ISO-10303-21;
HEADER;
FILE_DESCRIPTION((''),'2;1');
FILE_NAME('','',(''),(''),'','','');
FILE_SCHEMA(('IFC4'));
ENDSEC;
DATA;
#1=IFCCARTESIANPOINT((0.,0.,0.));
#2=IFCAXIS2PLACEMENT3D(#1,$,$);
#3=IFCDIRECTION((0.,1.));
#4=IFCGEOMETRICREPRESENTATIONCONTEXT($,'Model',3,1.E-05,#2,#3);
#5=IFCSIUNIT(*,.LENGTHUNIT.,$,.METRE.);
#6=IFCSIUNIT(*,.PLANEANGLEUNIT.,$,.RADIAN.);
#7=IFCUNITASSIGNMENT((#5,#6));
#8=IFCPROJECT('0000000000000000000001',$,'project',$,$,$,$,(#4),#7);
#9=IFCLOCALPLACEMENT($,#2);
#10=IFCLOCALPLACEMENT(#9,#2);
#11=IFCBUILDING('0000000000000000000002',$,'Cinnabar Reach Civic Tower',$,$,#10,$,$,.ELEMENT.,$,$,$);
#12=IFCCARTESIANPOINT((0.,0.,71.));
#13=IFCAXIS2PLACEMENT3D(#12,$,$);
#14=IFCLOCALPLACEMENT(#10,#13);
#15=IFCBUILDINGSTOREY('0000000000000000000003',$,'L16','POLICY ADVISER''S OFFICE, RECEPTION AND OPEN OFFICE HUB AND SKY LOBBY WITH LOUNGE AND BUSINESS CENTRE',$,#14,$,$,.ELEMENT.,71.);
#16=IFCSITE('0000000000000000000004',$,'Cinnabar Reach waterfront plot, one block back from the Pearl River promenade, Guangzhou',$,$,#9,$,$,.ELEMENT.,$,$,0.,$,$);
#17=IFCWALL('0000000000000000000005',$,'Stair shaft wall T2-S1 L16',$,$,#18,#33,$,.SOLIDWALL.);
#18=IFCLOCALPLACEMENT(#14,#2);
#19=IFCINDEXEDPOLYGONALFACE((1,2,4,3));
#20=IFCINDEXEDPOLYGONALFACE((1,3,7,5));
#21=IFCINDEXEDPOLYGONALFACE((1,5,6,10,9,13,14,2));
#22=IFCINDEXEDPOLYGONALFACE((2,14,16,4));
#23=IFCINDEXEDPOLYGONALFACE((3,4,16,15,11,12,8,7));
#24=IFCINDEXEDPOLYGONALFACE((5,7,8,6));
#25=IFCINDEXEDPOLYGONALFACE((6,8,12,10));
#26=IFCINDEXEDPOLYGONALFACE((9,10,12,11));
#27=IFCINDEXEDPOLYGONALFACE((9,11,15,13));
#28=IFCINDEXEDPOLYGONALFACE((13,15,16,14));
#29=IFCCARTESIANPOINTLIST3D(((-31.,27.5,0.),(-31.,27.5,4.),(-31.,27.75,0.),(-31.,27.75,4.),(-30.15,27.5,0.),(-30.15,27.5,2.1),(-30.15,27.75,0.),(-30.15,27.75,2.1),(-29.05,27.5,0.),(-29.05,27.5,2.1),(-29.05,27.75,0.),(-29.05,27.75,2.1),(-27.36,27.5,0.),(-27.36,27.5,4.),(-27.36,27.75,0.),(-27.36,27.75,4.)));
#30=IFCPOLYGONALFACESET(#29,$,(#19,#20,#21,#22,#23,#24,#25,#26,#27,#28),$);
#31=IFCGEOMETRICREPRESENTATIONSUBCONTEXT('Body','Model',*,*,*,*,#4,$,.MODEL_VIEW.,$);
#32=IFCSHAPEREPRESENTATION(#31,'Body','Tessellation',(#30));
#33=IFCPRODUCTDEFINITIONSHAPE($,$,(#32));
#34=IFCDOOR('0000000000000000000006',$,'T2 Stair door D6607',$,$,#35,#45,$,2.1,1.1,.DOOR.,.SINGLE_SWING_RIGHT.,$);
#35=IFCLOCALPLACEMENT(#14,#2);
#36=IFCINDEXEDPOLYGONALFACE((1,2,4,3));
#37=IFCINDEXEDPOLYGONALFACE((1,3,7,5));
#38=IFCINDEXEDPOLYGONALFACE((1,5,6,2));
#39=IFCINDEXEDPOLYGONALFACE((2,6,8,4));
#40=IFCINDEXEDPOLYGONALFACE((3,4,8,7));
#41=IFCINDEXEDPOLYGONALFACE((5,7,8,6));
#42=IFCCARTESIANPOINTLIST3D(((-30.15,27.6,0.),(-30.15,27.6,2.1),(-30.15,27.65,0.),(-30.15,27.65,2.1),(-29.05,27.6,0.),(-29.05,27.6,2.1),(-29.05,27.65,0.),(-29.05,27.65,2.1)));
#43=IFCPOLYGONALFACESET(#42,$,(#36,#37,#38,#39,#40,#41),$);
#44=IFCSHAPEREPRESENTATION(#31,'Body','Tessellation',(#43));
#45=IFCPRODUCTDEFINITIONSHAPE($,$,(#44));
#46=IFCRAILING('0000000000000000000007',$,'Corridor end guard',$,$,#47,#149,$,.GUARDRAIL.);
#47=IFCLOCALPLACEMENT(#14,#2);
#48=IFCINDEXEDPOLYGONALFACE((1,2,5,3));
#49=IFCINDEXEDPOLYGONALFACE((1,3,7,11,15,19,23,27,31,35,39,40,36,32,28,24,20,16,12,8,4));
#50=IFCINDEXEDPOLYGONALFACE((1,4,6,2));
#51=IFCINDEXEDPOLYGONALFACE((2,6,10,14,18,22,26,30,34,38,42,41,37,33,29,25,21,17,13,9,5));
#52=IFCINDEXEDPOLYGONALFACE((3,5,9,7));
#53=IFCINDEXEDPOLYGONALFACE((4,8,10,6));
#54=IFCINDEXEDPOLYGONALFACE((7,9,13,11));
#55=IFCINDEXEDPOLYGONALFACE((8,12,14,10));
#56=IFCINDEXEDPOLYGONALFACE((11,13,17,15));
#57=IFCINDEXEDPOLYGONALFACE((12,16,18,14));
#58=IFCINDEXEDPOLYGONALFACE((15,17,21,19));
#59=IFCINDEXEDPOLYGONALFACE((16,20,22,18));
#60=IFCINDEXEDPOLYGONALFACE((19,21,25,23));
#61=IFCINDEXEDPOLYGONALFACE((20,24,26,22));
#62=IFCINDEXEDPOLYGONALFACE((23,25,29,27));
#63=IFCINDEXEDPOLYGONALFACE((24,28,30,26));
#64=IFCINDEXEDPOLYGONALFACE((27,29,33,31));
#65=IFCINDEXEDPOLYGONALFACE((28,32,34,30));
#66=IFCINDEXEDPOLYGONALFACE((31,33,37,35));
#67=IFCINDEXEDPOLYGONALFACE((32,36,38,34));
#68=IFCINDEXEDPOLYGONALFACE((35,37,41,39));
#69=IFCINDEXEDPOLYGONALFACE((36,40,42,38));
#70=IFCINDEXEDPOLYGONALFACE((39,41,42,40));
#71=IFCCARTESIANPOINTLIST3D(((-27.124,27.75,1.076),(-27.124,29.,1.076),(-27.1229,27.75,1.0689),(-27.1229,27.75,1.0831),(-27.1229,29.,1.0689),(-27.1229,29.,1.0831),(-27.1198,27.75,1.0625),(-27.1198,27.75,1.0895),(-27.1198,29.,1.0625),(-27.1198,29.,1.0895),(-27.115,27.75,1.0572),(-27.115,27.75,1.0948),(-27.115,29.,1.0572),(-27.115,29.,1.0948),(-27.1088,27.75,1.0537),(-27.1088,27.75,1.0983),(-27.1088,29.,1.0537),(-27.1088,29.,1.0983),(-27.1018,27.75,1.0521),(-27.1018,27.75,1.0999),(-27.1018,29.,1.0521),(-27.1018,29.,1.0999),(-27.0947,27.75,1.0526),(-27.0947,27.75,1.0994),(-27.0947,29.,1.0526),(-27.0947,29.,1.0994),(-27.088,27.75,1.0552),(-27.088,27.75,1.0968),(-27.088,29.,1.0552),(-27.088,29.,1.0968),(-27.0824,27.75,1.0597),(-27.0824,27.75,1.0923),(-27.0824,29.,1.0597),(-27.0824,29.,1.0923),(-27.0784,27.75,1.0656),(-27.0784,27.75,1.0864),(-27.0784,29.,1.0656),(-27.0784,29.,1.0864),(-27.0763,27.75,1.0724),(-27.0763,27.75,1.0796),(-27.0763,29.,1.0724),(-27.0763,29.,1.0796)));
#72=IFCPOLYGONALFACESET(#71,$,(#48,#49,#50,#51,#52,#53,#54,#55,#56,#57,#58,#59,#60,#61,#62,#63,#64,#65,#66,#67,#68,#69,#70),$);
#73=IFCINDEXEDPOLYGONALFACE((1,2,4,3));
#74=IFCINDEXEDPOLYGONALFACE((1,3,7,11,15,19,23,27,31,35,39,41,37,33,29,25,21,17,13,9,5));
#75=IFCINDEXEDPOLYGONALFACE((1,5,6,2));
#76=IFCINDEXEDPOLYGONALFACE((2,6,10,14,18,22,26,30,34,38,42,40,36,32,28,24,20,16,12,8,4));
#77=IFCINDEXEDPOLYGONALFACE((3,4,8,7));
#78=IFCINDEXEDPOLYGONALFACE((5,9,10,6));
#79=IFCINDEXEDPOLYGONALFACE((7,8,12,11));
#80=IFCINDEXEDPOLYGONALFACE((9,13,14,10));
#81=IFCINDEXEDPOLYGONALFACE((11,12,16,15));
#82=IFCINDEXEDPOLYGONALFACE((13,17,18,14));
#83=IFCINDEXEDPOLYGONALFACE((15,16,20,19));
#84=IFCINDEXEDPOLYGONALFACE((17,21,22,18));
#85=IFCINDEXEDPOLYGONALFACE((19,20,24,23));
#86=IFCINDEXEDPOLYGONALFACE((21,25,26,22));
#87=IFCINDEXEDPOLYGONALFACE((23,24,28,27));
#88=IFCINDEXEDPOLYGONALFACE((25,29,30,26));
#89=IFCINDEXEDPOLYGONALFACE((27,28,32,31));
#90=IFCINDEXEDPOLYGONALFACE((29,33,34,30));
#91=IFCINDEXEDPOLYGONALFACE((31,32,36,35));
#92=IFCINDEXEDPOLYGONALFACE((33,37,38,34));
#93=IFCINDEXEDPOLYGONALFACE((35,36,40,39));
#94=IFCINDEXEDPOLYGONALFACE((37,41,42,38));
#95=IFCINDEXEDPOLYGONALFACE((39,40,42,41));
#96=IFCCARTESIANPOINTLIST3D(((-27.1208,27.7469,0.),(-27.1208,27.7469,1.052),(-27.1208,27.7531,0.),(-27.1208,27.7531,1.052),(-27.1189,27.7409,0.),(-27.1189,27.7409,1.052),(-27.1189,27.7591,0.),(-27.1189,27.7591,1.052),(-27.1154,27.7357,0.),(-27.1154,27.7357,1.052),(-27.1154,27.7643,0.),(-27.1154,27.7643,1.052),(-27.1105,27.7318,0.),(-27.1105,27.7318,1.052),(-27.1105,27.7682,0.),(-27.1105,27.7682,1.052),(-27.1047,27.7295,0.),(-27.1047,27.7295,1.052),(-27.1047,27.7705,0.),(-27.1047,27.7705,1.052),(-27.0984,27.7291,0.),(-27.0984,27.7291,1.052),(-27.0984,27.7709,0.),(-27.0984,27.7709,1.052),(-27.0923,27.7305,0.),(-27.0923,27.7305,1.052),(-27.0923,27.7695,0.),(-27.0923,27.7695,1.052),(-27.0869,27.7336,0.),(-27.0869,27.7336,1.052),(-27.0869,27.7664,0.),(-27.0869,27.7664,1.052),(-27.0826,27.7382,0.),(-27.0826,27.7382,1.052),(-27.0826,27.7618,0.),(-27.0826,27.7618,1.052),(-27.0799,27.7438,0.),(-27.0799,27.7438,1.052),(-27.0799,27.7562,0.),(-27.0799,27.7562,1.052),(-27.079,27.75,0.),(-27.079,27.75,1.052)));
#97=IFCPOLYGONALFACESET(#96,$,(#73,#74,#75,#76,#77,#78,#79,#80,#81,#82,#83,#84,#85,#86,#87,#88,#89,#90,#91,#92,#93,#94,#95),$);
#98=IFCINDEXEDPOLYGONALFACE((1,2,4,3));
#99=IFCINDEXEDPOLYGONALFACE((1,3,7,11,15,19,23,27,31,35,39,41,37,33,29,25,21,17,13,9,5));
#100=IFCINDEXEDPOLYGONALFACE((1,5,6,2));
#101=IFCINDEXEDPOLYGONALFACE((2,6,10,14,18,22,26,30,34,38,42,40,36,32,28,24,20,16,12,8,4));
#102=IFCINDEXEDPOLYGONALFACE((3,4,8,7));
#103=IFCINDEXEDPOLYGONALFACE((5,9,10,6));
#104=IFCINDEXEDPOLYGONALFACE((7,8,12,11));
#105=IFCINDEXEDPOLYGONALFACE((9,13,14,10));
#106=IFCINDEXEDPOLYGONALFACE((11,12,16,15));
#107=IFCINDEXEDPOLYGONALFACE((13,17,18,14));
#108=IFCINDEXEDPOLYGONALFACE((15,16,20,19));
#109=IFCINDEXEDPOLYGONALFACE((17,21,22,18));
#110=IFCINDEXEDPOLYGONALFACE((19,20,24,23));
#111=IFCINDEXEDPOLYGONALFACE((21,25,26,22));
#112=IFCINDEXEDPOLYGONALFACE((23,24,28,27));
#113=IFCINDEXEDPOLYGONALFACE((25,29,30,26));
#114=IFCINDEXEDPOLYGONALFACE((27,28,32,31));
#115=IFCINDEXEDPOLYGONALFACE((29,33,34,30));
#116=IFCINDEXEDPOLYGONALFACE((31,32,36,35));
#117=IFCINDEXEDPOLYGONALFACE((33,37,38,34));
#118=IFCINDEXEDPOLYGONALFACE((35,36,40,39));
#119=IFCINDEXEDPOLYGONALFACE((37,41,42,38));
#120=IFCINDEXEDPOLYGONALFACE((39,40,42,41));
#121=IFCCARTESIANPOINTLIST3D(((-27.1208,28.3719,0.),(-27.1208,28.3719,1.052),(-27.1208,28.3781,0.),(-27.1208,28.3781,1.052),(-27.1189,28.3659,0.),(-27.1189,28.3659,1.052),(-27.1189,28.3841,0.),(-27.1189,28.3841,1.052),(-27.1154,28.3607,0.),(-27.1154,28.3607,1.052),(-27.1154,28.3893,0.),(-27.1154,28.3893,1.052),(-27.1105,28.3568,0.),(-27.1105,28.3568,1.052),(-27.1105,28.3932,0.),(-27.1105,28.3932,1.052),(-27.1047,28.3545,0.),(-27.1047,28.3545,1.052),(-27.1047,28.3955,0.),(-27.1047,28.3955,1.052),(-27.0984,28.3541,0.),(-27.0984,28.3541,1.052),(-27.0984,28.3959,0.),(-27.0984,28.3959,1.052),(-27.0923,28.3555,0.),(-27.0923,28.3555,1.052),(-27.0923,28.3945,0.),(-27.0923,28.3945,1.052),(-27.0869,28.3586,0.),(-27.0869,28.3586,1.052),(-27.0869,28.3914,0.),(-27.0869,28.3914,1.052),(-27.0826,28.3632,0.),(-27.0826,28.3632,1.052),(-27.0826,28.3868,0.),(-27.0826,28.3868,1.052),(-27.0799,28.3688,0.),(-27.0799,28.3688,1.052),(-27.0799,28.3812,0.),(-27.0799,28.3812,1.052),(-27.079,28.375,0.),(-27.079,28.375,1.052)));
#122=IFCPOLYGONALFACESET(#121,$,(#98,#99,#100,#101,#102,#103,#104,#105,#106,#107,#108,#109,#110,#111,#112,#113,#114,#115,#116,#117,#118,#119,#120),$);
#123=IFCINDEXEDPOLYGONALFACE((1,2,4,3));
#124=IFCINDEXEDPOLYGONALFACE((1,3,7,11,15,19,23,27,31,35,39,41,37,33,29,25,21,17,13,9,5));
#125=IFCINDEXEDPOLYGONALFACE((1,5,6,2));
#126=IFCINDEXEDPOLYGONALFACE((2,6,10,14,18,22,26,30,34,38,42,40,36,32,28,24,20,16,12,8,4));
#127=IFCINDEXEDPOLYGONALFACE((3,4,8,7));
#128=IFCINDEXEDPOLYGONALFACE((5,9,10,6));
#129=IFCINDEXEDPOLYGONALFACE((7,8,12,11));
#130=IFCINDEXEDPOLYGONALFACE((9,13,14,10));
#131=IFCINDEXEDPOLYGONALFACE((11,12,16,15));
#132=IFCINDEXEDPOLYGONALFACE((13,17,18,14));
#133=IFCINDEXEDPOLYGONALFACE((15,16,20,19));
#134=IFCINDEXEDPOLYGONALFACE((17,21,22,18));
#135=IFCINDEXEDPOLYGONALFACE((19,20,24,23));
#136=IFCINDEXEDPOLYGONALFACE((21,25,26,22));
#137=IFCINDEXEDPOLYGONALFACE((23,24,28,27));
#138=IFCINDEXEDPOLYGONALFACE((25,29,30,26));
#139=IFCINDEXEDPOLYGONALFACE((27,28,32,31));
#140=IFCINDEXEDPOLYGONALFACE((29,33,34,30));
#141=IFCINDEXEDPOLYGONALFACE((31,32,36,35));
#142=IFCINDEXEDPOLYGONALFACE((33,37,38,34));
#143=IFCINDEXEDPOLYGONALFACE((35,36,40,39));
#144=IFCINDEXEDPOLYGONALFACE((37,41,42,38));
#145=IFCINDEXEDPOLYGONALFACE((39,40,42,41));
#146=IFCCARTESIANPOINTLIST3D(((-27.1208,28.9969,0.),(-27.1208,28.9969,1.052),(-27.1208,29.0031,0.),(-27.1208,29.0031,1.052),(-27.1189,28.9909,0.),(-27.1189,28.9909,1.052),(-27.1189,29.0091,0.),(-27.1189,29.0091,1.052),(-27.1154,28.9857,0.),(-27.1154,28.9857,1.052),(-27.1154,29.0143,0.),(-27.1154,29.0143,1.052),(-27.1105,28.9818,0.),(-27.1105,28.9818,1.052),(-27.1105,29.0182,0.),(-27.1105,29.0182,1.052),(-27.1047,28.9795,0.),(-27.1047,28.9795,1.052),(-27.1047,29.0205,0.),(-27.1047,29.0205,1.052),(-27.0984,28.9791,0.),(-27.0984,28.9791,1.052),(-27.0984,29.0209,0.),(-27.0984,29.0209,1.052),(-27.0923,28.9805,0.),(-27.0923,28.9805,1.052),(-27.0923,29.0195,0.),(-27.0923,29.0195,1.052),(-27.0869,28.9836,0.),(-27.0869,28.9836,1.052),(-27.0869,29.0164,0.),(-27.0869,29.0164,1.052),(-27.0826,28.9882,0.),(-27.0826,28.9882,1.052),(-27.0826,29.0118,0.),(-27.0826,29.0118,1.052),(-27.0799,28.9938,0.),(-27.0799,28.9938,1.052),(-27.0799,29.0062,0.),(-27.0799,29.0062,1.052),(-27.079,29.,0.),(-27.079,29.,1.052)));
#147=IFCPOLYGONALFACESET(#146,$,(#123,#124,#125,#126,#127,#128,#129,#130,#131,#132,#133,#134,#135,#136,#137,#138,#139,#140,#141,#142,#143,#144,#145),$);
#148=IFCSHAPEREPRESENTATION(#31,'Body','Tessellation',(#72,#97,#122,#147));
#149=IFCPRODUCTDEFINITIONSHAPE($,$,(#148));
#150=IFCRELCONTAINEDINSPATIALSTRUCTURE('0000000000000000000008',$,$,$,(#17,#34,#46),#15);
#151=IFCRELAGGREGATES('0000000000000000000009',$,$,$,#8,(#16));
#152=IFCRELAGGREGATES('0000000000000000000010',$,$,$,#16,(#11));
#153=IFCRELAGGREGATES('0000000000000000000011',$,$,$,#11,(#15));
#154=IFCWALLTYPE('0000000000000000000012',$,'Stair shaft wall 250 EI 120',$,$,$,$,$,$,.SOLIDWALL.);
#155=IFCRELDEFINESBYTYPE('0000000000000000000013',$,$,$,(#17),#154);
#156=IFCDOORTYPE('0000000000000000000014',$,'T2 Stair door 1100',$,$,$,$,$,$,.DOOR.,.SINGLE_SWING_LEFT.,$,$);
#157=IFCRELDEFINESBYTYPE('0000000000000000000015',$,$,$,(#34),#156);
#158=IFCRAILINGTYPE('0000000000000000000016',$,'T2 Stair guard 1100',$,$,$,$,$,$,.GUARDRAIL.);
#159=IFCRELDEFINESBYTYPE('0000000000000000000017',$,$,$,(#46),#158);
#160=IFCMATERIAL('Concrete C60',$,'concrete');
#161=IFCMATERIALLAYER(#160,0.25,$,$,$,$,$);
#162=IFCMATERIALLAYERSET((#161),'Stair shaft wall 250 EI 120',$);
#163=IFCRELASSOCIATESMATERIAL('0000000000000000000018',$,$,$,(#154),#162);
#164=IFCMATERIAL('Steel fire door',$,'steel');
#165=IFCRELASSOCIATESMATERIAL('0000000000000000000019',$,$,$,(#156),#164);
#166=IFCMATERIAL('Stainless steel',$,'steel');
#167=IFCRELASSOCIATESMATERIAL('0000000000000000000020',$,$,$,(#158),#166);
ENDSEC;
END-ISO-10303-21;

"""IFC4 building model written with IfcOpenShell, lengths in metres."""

from ifc_helpers import new_model, si_unit, direction, frame, frame_2d, origin, origin_2d, place, context, subcontext, project, spatial, rectangle, circle, extrude, material, layer, layer_set, type_object, element, fill, save


model = new_model("IFC4")

# Units and contexts
model_context = context("Model", 3, precision=1e-05, world=origin(), true_north=direction((0.0, 1.0)))
body_context = subcontext(model_context, "Body", "Model", "MODEL_VIEW")
ifc_project = project(units=[si_unit("LENGTHUNIT", "METRE"), si_unit("PLANEANGLEUNIT", "RADIAN")], contexts=[model_context])

# Site, building, storey
site_placement = place(None, origin())
site = spatial("IfcSite", under=ifc_project, at=site_placement, Name="Cinnabar Reach waterfront plot, one block back from the Pearl River promenade, Guangzhou", CompositionType="ELEMENT", RefElevation=0.0)
building_placement = place(site_placement, origin())
building = spatial("IfcBuilding", under=site, at=building_placement, Name="Cinnabar Reach Civic Tower", CompositionType="ELEMENT")
storey_placement = place(building_placement, frame((0.0, 0.0, 71.0)))
storey = spatial("IfcBuildingStorey", under=building, at=storey_placement, Name="L16", Description="POLICY ADVISER'S OFFICE, RECEPTION AND OPEN OFFICE HUB AND SKY LOBBY WITH LOUNGE AND BUSINESS CENTRE", CompositionType="ELEMENT", Elevation=71.0)

# Wall, opening, door
ifc_material_1 = material(Name="Concrete C60", Category="concrete")
ifc_layer_1 = layer(ifc_material_1, 0.25)
ifc_layer_set_1 = layer_set([ifc_layer_1], Name="Stair shaft wall 250 EI 120")
wall_type_1 = type_object("IfcWallType", Name="Stair shaft wall 250 EI 120", PredefinedType="SOLIDWALL", material=ifc_layer_set_1)
wall_1_placement = place(storey_placement, frame((-27.36, 27.625, 0.0), z_axis=(0.0, 0.0, 1.0), x_axis=(-1.0, 0.0, 0.0)))
wall_1 = element("IfcWall", 1, at=wall_1_placement, inside=storey, type_object=wall_type_1, Name="Stair shaft wall T2-S1 L16", PredefinedType="SOLIDWALL", context=body_context, shape_type="SweptSolid", body=[
    extrude(rectangle(XDim=3.64, YDim=0.25, at=frame_2d((1.82, 0.0))), origin(), (0.0, 0.0, 1.0), 4.0),
])
opening_1_placement = place(wall_1_placement, frame((1.69, 0.0, 0.0)))
opening_1 = element("IfcOpeningElement", 2, at=opening_1_placement, cuts=wall_1, PredefinedType="OPENING", context=body_context, shape_type="SweptSolid", body=[
    extrude(rectangle(XDim=1.1, YDim=2.1, at=frame_2d((0.55, 1.05))), frame((0.0, 0.135, 0.0), z_axis=(0.0, -1.0, 0.0), x_axis=(1.0, 0.0, 0.0)), (0.0, 0.0, 1.0), 0.27),
])
ifc_material_2 = material(Name="Steel fire door", Category="steel")
door_type_1 = type_object("IfcDoorType", Name="T2 Stair door 1100", OperationType="SINGLE_SWING_LEFT", PredefinedType="DOOR", material=ifc_material_2)
door_1_placement = place(opening_1_placement, origin())
door_1 = element("IfcDoor", 3, at=door_1_placement, inside=storey, type_object=door_type_1, Name="T2 Stair door D6607", OperationType="SINGLE_SWING_RIGHT", OverallHeight=2.1, OverallWidth=1.1, PredefinedType="DOOR", context=body_context, shape_type="SweptSolid", body=[
    extrude(rectangle(XDim=1.1, YDim=2.1, at=frame_2d((0.55, 1.05))), frame((0.0, 0.025, 0.0), z_axis=(0.0, -1.0, 0.0), x_axis=(1.0, 0.0, 0.0)), (0.0, 0.0, 1.0), 0.05),
])
fill(opening_1, door_1)

# Railing
ifc_material_3 = material(Name="Stainless steel", Category="steel")
railing_type = type_object("IfcRailingType", Name="T2 Stair guard 1100", PredefinedType="GUARDRAIL", material=ifc_material_3)
railing_placement = place(storey_placement, frame((-27.1, 27.75, 0.0)))
element("IfcRailing", 4, at=railing_placement, inside=storey, type_object=railing_type, Name="Corridor end guard", PredefinedType="GUARDRAIL", context=body_context, shape_type="SweptSolid", body=[
    extrude(circle(Radius=0.024, at=origin_2d()), frame((0.0, 0.0, 1.076), z_axis=(0.0, 1.0, 0.0), x_axis=(-1.0, 0.0, 0.0)), (0.0, 0.0, 1.0), 1.25),
    extrude(circle(Radius=0.021, at=origin_2d()), origin(), (0.0, 0.0, 1.0), 1.052),
    extrude(circle(Radius=0.021, at=origin_2d()), frame((0.0, 0.625, 0.0)), (0.0, 0.0, 1.0), 1.052),
    extrude(circle(Radius=0.021, at=origin_2d()), frame((0.0, 1.25, 0.0)), (0.0, 0.0, 1.0), 1.052),
])

save(model, "model.ifc")
